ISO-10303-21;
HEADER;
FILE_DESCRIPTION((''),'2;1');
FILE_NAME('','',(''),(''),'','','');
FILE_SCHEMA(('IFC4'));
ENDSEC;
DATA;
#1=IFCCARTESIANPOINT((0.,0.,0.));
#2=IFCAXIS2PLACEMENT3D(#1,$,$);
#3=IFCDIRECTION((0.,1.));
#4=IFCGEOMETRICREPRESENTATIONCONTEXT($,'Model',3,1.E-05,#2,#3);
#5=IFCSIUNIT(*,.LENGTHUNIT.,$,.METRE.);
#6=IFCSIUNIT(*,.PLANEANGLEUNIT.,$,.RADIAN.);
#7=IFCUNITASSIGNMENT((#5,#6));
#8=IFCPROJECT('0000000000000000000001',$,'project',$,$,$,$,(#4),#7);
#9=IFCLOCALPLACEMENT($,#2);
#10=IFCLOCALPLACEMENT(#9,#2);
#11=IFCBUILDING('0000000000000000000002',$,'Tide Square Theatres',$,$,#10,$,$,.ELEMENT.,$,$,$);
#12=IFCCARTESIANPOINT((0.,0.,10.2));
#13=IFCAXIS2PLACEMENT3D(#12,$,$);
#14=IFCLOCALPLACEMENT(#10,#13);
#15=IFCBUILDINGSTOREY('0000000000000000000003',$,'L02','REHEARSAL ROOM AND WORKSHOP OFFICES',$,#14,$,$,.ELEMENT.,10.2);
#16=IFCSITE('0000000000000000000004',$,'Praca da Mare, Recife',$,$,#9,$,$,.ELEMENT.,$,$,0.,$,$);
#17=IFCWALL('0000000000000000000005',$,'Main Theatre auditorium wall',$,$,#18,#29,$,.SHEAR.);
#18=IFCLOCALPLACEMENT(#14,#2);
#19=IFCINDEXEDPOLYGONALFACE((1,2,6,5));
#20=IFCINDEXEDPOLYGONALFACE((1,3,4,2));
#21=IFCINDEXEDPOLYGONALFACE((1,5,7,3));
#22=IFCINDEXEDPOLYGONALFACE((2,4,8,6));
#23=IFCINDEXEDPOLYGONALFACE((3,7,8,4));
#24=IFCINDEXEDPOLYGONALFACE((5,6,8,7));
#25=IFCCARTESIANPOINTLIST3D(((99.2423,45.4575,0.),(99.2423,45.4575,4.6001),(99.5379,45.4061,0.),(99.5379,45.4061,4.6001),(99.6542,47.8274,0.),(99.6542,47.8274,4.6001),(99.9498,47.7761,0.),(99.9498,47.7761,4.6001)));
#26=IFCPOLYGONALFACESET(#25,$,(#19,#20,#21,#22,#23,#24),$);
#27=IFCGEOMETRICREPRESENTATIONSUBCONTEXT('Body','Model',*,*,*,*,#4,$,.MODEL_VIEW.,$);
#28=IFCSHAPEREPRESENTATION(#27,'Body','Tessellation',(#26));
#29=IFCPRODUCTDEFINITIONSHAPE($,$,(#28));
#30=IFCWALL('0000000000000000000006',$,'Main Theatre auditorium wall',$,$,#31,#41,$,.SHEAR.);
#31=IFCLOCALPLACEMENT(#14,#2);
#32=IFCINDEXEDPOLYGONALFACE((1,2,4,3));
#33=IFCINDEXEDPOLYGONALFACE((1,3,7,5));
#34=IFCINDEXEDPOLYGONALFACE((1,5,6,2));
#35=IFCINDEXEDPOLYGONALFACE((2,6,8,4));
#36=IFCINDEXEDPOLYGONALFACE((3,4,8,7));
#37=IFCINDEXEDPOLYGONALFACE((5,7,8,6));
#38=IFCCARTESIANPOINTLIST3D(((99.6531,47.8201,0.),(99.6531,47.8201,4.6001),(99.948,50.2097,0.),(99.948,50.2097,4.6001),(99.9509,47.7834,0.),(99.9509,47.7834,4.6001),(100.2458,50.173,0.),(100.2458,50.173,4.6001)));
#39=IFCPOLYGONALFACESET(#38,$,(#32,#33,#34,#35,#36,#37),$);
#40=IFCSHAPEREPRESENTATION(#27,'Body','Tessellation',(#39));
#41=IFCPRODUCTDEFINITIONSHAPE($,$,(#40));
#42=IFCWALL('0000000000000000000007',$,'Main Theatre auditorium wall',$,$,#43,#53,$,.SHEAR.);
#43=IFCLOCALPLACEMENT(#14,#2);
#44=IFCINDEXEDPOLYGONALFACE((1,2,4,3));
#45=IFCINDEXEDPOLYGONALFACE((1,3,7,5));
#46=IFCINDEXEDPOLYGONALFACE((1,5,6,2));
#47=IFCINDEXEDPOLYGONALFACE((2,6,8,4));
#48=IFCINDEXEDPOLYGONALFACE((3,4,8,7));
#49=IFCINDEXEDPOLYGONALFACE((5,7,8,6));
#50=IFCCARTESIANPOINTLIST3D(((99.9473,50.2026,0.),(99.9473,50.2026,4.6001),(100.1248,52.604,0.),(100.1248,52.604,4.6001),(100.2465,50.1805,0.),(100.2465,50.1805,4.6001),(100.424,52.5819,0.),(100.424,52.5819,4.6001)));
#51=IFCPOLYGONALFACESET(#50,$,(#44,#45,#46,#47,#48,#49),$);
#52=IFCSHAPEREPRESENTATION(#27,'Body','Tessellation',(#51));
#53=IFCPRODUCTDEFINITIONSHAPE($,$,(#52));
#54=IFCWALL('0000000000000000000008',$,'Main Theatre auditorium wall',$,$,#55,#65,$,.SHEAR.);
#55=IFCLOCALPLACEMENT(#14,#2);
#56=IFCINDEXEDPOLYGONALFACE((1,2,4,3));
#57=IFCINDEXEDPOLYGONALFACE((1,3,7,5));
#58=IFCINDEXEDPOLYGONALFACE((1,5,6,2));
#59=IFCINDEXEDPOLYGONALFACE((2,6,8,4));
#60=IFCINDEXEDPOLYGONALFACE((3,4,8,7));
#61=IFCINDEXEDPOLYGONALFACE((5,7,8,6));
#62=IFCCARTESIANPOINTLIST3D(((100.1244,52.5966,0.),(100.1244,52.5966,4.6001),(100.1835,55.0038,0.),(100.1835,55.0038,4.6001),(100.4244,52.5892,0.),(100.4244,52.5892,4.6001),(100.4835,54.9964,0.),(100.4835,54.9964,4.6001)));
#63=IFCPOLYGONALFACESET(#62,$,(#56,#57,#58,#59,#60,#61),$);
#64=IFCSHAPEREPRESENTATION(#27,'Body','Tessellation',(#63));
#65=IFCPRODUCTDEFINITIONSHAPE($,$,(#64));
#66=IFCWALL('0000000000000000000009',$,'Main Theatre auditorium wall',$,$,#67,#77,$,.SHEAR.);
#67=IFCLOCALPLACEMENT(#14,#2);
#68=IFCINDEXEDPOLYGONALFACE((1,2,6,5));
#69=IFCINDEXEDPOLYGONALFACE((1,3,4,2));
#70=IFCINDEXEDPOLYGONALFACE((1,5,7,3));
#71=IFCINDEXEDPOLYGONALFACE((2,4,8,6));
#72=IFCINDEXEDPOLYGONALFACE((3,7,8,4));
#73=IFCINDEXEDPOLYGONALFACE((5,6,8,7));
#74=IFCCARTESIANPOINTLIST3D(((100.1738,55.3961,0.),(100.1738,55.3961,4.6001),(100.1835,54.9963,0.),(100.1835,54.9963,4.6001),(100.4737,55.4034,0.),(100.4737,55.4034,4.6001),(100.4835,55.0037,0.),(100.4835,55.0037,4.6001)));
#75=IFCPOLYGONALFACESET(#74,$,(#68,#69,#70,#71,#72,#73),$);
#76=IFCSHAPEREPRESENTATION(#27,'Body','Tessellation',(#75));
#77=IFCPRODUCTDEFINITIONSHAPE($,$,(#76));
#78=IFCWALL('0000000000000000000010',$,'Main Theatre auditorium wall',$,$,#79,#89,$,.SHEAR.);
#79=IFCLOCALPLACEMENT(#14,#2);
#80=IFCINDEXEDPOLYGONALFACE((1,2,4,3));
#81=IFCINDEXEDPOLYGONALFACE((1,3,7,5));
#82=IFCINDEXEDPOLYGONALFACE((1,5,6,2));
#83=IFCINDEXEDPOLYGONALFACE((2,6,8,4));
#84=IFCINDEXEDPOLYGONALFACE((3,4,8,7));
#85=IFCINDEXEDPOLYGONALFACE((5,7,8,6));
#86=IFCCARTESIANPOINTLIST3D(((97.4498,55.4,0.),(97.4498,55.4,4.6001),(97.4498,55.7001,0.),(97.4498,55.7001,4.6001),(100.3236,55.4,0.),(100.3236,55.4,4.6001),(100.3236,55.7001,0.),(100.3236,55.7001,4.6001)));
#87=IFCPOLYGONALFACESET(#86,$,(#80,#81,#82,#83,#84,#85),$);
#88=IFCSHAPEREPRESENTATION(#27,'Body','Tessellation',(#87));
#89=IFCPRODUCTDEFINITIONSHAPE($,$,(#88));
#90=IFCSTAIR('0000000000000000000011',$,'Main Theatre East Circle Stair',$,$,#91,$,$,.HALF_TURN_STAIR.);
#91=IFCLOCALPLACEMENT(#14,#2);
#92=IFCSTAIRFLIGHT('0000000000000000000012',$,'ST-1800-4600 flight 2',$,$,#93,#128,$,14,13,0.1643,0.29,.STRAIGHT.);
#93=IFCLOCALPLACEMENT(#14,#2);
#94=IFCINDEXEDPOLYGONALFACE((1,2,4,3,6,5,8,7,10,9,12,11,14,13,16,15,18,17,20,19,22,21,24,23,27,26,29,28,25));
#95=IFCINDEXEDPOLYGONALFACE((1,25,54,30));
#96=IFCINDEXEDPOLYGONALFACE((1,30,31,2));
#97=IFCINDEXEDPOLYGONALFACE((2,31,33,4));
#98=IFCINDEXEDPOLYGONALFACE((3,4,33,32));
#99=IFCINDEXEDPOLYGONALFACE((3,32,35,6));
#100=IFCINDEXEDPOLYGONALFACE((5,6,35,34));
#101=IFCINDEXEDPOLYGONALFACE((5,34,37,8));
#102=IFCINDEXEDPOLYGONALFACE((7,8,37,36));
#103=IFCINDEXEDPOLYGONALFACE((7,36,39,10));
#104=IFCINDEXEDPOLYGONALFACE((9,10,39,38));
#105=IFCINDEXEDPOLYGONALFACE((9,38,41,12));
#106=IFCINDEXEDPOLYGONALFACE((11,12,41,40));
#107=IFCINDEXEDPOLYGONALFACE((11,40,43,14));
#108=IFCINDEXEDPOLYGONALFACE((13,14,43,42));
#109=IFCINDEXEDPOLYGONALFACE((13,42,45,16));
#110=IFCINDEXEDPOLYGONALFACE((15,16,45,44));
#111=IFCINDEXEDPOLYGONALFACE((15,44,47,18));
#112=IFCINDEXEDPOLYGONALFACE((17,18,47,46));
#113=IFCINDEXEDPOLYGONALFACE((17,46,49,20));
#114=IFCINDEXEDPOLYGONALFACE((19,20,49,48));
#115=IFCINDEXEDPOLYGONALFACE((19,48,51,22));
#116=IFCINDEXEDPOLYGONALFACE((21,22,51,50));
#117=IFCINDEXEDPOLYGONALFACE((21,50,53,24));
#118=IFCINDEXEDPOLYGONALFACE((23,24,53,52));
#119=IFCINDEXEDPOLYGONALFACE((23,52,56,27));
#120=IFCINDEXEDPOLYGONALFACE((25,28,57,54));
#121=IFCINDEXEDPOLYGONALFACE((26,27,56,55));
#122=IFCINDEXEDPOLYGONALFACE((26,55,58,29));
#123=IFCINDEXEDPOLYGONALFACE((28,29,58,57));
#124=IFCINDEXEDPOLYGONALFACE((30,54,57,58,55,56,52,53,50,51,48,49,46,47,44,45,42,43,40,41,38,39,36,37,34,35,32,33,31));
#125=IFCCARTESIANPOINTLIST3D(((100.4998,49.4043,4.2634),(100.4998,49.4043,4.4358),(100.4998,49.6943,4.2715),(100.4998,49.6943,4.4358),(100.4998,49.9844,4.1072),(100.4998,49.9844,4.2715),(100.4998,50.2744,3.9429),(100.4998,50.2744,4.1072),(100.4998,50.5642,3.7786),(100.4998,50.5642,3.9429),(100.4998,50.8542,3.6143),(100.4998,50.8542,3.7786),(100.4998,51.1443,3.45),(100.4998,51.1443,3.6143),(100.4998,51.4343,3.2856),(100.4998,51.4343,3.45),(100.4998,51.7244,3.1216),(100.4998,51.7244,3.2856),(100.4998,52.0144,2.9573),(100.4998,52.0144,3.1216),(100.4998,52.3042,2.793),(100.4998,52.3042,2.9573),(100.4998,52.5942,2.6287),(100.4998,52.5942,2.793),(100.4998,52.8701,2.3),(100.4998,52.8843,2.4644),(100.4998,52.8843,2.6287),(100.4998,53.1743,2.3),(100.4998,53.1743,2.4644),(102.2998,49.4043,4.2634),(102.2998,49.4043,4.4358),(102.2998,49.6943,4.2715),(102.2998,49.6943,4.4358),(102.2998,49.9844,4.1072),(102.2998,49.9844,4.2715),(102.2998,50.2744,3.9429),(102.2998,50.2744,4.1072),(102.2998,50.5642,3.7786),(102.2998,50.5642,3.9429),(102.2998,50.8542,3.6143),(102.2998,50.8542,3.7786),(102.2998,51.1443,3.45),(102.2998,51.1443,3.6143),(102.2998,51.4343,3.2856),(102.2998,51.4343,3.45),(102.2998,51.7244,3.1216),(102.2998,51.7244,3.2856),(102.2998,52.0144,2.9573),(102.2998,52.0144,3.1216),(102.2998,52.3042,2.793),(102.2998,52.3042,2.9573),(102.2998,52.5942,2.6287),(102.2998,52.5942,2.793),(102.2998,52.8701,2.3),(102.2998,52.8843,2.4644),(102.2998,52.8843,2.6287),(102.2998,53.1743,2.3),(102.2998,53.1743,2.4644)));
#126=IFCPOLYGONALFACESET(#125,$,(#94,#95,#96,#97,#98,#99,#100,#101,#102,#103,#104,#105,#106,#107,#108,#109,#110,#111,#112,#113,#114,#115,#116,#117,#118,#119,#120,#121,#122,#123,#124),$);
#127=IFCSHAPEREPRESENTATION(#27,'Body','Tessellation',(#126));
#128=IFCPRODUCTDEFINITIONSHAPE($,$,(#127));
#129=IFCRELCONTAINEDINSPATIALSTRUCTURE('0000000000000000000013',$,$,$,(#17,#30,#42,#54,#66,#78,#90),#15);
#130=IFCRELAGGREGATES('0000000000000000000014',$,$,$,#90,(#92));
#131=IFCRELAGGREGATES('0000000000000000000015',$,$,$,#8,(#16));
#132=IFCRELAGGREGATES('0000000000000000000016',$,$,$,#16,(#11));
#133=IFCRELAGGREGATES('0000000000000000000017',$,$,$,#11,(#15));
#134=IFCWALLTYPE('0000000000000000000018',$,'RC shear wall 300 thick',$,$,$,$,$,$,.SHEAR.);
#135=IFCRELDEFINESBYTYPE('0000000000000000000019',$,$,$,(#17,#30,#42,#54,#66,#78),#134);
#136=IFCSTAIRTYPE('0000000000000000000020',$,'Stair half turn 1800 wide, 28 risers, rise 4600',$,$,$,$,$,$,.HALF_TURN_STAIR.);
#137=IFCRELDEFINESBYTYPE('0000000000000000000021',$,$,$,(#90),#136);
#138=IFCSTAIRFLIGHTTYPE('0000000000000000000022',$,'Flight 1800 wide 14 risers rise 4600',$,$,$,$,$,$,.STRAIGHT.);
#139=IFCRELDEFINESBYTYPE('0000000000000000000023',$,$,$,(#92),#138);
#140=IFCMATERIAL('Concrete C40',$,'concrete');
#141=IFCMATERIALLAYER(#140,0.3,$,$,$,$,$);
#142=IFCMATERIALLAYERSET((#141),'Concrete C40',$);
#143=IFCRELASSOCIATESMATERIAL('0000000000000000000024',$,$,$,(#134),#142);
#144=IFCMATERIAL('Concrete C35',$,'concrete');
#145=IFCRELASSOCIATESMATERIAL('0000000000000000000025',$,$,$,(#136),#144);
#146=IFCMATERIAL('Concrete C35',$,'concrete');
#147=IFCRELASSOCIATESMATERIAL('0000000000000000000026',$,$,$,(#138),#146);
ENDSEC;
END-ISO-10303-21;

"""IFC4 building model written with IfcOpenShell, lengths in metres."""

from ifc_helpers import new_model, si_unit, direction, frame, frame_2d, origin, place, context, subcontext, project, spatial, polyline, rectangle, outline, extrude, material, layer, layer_set, type_object, element, aggregate, save


model = new_model("IFC4")

# Units and contexts
model_context = context("Model", 3, precision=1e-05, world=origin(), true_north=direction((0.0, 1.0)))
body_context = subcontext(model_context, "Body", "Model", "MODEL_VIEW")
ifc_project = project(units=[si_unit("LENGTHUNIT", "METRE"), si_unit("PLANEANGLEUNIT", "RADIAN")], contexts=[model_context])

# Site, building, storey
site_placement = place(None, origin())
site = spatial("IfcSite", under=ifc_project, at=site_placement, Name="Praca da Mare, Recife", CompositionType="ELEMENT", RefElevation=0.0)
building_placement = place(site_placement, origin())
building = spatial("IfcBuilding", under=site, at=building_placement, Name="Tide Square Theatres", CompositionType="ELEMENT")
storey_placement = place(building_placement, frame((0.0, 0.0, 10.2)))
storey = spatial("IfcBuildingStorey", under=building, at=storey_placement, Name="L02", Description="REHEARSAL ROOM AND WORKSHOP OFFICES", CompositionType="ELEMENT", Elevation=10.2)

# Shared definitions
ifc_material_1 = material(Name="Concrete C40", Category="concrete")
ifc_layer_1 = layer(ifc_material_1, 0.3)
ifc_layer_set_1 = layer_set([ifc_layer_1], Name="Concrete C40")
wall_type_1 = type_object("IfcWallType", Name="RC shear wall 300 thick", PredefinedType="SHEAR", material=ifc_layer_set_1)

# Walls
wall_1_placement = place(storey_placement, frame((99.3901, 45.4319, 0.0), z_axis=(0.0, 0.0, 1.0), x_axis=(0.171226, 0.985232, 0.0)))
element("IfcWall", 1, at=wall_1_placement, inside=storey, type_object=wall_type_1, Name="Main Theatre auditorium wall", PredefinedType="SHEAR", context=body_context, shape_type="SweptSolid", body=[
    extrude(rectangle(XDim=2.4055, YDim=0.3, at=frame_2d((1.2026, 0.0))), origin(), (0.0, 0.0, 1.0), 4.6001),
])
wall_2_placement = place(storey_placement, frame((99.802, 47.8018, 0.0), z_axis=(0.0, 0.0, 1.0), x_axis=(0.122487, 0.99247, 0.0)))
element("IfcWall", 2, at=wall_2_placement, inside=storey, type_object=wall_type_1, Name="Main Theatre auditorium wall", PredefinedType="SHEAR", context=body_context, shape_type="SweptSolid", body=[
    extrude(rectangle(XDim=2.4077, YDim=0.3, at=frame_2d((1.2039, 0.0))), origin(), (0.0, 0.0, 1.0), 4.6001),
])
for number, where, z_axis, x_axis, name in (
    (3, (100.0969, 50.1914, 0.0), (0.0, 0.0, 1.0), (0.073711, 0.99728, 0.0), "Main Theatre auditorium wall"),
    (4, (100.2744, 52.5928, 0.0), (0.0, 0.0, 1.0), (0.024536, 0.999699, 0.0), "Main Theatre auditorium wall"),
):
    element("IfcWall", number, at=place(storey_placement, frame(where, z_axis=z_axis, x_axis=x_axis)), inside=storey, type_object=wall_type_1, Name=name, PredefinedType="SHEAR", context=body_context, shape_type="SweptSolid", body=[
        extrude(rectangle(XDim=2.408, YDim=0.3, at=frame_2d((1.2041, 0.0))), origin(), (0.0, 0.0, 1.0), 4.6001),
    ])
wall_3_placement = place(storey_placement, frame((100.3335, 55.0, 0.0), z_axis=(0.0, 0.0, 1.0), x_axis=(-0.024413, 0.999702, 0.0)))
element("IfcWall", 5, at=wall_3_placement, inside=storey, type_object=wall_type_1, Name="Main Theatre auditorium wall", PredefinedType="SHEAR", context=body_context, shape_type="SweptSolid", body=[
    extrude(rectangle(XDim=0.3999, YDim=0.3, at=frame_2d((0.2, 0.0))), origin(), (0.0, 0.0, 1.0), 4.6001),
])
wall_4_placement = place(storey_placement, frame((100.3237, 55.55, 0.0), z_axis=(0.0, 0.0, 1.0), x_axis=(-1.0, 0.0, 0.0)))
element("IfcWall", 6, at=wall_4_placement, inside=storey, type_object=wall_type_1, Name="Main Theatre auditorium wall", PredefinedType="SHEAR", context=body_context, shape_type="SweptSolid", body=[
    extrude(rectangle(XDim=2.8738, YDim=0.3, at=frame_2d((1.437, 0.0))), origin(), (0.0, 0.0, 1.0), 4.6001),
])

# Stair, stair flight
ifc_material_2 = material(Name="Concrete C35", Category="concrete")
stair_type = type_object("IfcStairType", Name="Stair half turn 1800 wide, 28 risers, rise 4600", PredefinedType="HALF_TURN_STAIR", material=ifc_material_2)
stair_placement = place(storey_placement, origin())
stair = element("IfcStair", 7, at=stair_placement, inside=storey, type_object=stair_type, Name="Main Theatre East Circle Stair", PredefinedType="HALF_TURN_STAIR")
ifc_material_3 = material(Name="Concrete C35", Category="concrete")
stair_flight_type = type_object("IfcStairFlightType", Name="Flight 1800 wide 14 risers rise 4600", PredefinedType="STRAIGHT", material=ifc_material_3)
stair_flight_placement = place(storey_placement, frame((101.3999, 53.1743, 2.3), z_axis=(0.0, 0.0, 1.0), x_axis=(0.0, -1.0, 0.0)))
stair_flight = element("IfcStairFlight", 8, at=stair_flight_placement, type_object=stair_flight_type, Name="ST-1800-4600 flight 2", NumberOfRisers=14, NumberOfTreads=13, PredefinedType="STRAIGHT", RiserHeight=0.1643, TreadLength=0.29, context=body_context, shape_type="SweptSolid", body=[
    extrude(outline(polyline([(0.0, 0.0), (0.0, 0.1643), (0.29, 0.1643), (0.29, 0.3286), (0.5801, 0.3286), (0.5801, 0.4929), (0.8701, 0.4929), (0.8701, 0.6572), (1.1599, 0.6572), (1.1599, 0.8215), (1.45, 0.8215), (1.45, 0.9856), (1.74, 0.9856), (1.74, 1.1499), (2.03, 1.1499), (2.03, 1.3142), (2.3201, 1.3142), (2.3201, 1.4785), (2.6101, 1.4785), (2.6101, 1.6428), (2.8999, 1.6428), (2.8999, 1.8071), (3.1899, 1.8071), (3.1899, 1.9714), (3.48, 1.9714), (3.48, 2.1357), (3.77, 2.1357), (3.77, 2.3), (3.77, 1.9634), (0.3042, 0.0), (0.0, 0.0)])), frame((0.0, 0.8999, 0.0), z_axis=(0.0, -1.0, 0.0), x_axis=(1.0, 0.0, 0.0)), (0.0, 0.0, 1.0), 1.8),
])
aggregate(stair, [stair_flight])

save(model, "model.ifc")
